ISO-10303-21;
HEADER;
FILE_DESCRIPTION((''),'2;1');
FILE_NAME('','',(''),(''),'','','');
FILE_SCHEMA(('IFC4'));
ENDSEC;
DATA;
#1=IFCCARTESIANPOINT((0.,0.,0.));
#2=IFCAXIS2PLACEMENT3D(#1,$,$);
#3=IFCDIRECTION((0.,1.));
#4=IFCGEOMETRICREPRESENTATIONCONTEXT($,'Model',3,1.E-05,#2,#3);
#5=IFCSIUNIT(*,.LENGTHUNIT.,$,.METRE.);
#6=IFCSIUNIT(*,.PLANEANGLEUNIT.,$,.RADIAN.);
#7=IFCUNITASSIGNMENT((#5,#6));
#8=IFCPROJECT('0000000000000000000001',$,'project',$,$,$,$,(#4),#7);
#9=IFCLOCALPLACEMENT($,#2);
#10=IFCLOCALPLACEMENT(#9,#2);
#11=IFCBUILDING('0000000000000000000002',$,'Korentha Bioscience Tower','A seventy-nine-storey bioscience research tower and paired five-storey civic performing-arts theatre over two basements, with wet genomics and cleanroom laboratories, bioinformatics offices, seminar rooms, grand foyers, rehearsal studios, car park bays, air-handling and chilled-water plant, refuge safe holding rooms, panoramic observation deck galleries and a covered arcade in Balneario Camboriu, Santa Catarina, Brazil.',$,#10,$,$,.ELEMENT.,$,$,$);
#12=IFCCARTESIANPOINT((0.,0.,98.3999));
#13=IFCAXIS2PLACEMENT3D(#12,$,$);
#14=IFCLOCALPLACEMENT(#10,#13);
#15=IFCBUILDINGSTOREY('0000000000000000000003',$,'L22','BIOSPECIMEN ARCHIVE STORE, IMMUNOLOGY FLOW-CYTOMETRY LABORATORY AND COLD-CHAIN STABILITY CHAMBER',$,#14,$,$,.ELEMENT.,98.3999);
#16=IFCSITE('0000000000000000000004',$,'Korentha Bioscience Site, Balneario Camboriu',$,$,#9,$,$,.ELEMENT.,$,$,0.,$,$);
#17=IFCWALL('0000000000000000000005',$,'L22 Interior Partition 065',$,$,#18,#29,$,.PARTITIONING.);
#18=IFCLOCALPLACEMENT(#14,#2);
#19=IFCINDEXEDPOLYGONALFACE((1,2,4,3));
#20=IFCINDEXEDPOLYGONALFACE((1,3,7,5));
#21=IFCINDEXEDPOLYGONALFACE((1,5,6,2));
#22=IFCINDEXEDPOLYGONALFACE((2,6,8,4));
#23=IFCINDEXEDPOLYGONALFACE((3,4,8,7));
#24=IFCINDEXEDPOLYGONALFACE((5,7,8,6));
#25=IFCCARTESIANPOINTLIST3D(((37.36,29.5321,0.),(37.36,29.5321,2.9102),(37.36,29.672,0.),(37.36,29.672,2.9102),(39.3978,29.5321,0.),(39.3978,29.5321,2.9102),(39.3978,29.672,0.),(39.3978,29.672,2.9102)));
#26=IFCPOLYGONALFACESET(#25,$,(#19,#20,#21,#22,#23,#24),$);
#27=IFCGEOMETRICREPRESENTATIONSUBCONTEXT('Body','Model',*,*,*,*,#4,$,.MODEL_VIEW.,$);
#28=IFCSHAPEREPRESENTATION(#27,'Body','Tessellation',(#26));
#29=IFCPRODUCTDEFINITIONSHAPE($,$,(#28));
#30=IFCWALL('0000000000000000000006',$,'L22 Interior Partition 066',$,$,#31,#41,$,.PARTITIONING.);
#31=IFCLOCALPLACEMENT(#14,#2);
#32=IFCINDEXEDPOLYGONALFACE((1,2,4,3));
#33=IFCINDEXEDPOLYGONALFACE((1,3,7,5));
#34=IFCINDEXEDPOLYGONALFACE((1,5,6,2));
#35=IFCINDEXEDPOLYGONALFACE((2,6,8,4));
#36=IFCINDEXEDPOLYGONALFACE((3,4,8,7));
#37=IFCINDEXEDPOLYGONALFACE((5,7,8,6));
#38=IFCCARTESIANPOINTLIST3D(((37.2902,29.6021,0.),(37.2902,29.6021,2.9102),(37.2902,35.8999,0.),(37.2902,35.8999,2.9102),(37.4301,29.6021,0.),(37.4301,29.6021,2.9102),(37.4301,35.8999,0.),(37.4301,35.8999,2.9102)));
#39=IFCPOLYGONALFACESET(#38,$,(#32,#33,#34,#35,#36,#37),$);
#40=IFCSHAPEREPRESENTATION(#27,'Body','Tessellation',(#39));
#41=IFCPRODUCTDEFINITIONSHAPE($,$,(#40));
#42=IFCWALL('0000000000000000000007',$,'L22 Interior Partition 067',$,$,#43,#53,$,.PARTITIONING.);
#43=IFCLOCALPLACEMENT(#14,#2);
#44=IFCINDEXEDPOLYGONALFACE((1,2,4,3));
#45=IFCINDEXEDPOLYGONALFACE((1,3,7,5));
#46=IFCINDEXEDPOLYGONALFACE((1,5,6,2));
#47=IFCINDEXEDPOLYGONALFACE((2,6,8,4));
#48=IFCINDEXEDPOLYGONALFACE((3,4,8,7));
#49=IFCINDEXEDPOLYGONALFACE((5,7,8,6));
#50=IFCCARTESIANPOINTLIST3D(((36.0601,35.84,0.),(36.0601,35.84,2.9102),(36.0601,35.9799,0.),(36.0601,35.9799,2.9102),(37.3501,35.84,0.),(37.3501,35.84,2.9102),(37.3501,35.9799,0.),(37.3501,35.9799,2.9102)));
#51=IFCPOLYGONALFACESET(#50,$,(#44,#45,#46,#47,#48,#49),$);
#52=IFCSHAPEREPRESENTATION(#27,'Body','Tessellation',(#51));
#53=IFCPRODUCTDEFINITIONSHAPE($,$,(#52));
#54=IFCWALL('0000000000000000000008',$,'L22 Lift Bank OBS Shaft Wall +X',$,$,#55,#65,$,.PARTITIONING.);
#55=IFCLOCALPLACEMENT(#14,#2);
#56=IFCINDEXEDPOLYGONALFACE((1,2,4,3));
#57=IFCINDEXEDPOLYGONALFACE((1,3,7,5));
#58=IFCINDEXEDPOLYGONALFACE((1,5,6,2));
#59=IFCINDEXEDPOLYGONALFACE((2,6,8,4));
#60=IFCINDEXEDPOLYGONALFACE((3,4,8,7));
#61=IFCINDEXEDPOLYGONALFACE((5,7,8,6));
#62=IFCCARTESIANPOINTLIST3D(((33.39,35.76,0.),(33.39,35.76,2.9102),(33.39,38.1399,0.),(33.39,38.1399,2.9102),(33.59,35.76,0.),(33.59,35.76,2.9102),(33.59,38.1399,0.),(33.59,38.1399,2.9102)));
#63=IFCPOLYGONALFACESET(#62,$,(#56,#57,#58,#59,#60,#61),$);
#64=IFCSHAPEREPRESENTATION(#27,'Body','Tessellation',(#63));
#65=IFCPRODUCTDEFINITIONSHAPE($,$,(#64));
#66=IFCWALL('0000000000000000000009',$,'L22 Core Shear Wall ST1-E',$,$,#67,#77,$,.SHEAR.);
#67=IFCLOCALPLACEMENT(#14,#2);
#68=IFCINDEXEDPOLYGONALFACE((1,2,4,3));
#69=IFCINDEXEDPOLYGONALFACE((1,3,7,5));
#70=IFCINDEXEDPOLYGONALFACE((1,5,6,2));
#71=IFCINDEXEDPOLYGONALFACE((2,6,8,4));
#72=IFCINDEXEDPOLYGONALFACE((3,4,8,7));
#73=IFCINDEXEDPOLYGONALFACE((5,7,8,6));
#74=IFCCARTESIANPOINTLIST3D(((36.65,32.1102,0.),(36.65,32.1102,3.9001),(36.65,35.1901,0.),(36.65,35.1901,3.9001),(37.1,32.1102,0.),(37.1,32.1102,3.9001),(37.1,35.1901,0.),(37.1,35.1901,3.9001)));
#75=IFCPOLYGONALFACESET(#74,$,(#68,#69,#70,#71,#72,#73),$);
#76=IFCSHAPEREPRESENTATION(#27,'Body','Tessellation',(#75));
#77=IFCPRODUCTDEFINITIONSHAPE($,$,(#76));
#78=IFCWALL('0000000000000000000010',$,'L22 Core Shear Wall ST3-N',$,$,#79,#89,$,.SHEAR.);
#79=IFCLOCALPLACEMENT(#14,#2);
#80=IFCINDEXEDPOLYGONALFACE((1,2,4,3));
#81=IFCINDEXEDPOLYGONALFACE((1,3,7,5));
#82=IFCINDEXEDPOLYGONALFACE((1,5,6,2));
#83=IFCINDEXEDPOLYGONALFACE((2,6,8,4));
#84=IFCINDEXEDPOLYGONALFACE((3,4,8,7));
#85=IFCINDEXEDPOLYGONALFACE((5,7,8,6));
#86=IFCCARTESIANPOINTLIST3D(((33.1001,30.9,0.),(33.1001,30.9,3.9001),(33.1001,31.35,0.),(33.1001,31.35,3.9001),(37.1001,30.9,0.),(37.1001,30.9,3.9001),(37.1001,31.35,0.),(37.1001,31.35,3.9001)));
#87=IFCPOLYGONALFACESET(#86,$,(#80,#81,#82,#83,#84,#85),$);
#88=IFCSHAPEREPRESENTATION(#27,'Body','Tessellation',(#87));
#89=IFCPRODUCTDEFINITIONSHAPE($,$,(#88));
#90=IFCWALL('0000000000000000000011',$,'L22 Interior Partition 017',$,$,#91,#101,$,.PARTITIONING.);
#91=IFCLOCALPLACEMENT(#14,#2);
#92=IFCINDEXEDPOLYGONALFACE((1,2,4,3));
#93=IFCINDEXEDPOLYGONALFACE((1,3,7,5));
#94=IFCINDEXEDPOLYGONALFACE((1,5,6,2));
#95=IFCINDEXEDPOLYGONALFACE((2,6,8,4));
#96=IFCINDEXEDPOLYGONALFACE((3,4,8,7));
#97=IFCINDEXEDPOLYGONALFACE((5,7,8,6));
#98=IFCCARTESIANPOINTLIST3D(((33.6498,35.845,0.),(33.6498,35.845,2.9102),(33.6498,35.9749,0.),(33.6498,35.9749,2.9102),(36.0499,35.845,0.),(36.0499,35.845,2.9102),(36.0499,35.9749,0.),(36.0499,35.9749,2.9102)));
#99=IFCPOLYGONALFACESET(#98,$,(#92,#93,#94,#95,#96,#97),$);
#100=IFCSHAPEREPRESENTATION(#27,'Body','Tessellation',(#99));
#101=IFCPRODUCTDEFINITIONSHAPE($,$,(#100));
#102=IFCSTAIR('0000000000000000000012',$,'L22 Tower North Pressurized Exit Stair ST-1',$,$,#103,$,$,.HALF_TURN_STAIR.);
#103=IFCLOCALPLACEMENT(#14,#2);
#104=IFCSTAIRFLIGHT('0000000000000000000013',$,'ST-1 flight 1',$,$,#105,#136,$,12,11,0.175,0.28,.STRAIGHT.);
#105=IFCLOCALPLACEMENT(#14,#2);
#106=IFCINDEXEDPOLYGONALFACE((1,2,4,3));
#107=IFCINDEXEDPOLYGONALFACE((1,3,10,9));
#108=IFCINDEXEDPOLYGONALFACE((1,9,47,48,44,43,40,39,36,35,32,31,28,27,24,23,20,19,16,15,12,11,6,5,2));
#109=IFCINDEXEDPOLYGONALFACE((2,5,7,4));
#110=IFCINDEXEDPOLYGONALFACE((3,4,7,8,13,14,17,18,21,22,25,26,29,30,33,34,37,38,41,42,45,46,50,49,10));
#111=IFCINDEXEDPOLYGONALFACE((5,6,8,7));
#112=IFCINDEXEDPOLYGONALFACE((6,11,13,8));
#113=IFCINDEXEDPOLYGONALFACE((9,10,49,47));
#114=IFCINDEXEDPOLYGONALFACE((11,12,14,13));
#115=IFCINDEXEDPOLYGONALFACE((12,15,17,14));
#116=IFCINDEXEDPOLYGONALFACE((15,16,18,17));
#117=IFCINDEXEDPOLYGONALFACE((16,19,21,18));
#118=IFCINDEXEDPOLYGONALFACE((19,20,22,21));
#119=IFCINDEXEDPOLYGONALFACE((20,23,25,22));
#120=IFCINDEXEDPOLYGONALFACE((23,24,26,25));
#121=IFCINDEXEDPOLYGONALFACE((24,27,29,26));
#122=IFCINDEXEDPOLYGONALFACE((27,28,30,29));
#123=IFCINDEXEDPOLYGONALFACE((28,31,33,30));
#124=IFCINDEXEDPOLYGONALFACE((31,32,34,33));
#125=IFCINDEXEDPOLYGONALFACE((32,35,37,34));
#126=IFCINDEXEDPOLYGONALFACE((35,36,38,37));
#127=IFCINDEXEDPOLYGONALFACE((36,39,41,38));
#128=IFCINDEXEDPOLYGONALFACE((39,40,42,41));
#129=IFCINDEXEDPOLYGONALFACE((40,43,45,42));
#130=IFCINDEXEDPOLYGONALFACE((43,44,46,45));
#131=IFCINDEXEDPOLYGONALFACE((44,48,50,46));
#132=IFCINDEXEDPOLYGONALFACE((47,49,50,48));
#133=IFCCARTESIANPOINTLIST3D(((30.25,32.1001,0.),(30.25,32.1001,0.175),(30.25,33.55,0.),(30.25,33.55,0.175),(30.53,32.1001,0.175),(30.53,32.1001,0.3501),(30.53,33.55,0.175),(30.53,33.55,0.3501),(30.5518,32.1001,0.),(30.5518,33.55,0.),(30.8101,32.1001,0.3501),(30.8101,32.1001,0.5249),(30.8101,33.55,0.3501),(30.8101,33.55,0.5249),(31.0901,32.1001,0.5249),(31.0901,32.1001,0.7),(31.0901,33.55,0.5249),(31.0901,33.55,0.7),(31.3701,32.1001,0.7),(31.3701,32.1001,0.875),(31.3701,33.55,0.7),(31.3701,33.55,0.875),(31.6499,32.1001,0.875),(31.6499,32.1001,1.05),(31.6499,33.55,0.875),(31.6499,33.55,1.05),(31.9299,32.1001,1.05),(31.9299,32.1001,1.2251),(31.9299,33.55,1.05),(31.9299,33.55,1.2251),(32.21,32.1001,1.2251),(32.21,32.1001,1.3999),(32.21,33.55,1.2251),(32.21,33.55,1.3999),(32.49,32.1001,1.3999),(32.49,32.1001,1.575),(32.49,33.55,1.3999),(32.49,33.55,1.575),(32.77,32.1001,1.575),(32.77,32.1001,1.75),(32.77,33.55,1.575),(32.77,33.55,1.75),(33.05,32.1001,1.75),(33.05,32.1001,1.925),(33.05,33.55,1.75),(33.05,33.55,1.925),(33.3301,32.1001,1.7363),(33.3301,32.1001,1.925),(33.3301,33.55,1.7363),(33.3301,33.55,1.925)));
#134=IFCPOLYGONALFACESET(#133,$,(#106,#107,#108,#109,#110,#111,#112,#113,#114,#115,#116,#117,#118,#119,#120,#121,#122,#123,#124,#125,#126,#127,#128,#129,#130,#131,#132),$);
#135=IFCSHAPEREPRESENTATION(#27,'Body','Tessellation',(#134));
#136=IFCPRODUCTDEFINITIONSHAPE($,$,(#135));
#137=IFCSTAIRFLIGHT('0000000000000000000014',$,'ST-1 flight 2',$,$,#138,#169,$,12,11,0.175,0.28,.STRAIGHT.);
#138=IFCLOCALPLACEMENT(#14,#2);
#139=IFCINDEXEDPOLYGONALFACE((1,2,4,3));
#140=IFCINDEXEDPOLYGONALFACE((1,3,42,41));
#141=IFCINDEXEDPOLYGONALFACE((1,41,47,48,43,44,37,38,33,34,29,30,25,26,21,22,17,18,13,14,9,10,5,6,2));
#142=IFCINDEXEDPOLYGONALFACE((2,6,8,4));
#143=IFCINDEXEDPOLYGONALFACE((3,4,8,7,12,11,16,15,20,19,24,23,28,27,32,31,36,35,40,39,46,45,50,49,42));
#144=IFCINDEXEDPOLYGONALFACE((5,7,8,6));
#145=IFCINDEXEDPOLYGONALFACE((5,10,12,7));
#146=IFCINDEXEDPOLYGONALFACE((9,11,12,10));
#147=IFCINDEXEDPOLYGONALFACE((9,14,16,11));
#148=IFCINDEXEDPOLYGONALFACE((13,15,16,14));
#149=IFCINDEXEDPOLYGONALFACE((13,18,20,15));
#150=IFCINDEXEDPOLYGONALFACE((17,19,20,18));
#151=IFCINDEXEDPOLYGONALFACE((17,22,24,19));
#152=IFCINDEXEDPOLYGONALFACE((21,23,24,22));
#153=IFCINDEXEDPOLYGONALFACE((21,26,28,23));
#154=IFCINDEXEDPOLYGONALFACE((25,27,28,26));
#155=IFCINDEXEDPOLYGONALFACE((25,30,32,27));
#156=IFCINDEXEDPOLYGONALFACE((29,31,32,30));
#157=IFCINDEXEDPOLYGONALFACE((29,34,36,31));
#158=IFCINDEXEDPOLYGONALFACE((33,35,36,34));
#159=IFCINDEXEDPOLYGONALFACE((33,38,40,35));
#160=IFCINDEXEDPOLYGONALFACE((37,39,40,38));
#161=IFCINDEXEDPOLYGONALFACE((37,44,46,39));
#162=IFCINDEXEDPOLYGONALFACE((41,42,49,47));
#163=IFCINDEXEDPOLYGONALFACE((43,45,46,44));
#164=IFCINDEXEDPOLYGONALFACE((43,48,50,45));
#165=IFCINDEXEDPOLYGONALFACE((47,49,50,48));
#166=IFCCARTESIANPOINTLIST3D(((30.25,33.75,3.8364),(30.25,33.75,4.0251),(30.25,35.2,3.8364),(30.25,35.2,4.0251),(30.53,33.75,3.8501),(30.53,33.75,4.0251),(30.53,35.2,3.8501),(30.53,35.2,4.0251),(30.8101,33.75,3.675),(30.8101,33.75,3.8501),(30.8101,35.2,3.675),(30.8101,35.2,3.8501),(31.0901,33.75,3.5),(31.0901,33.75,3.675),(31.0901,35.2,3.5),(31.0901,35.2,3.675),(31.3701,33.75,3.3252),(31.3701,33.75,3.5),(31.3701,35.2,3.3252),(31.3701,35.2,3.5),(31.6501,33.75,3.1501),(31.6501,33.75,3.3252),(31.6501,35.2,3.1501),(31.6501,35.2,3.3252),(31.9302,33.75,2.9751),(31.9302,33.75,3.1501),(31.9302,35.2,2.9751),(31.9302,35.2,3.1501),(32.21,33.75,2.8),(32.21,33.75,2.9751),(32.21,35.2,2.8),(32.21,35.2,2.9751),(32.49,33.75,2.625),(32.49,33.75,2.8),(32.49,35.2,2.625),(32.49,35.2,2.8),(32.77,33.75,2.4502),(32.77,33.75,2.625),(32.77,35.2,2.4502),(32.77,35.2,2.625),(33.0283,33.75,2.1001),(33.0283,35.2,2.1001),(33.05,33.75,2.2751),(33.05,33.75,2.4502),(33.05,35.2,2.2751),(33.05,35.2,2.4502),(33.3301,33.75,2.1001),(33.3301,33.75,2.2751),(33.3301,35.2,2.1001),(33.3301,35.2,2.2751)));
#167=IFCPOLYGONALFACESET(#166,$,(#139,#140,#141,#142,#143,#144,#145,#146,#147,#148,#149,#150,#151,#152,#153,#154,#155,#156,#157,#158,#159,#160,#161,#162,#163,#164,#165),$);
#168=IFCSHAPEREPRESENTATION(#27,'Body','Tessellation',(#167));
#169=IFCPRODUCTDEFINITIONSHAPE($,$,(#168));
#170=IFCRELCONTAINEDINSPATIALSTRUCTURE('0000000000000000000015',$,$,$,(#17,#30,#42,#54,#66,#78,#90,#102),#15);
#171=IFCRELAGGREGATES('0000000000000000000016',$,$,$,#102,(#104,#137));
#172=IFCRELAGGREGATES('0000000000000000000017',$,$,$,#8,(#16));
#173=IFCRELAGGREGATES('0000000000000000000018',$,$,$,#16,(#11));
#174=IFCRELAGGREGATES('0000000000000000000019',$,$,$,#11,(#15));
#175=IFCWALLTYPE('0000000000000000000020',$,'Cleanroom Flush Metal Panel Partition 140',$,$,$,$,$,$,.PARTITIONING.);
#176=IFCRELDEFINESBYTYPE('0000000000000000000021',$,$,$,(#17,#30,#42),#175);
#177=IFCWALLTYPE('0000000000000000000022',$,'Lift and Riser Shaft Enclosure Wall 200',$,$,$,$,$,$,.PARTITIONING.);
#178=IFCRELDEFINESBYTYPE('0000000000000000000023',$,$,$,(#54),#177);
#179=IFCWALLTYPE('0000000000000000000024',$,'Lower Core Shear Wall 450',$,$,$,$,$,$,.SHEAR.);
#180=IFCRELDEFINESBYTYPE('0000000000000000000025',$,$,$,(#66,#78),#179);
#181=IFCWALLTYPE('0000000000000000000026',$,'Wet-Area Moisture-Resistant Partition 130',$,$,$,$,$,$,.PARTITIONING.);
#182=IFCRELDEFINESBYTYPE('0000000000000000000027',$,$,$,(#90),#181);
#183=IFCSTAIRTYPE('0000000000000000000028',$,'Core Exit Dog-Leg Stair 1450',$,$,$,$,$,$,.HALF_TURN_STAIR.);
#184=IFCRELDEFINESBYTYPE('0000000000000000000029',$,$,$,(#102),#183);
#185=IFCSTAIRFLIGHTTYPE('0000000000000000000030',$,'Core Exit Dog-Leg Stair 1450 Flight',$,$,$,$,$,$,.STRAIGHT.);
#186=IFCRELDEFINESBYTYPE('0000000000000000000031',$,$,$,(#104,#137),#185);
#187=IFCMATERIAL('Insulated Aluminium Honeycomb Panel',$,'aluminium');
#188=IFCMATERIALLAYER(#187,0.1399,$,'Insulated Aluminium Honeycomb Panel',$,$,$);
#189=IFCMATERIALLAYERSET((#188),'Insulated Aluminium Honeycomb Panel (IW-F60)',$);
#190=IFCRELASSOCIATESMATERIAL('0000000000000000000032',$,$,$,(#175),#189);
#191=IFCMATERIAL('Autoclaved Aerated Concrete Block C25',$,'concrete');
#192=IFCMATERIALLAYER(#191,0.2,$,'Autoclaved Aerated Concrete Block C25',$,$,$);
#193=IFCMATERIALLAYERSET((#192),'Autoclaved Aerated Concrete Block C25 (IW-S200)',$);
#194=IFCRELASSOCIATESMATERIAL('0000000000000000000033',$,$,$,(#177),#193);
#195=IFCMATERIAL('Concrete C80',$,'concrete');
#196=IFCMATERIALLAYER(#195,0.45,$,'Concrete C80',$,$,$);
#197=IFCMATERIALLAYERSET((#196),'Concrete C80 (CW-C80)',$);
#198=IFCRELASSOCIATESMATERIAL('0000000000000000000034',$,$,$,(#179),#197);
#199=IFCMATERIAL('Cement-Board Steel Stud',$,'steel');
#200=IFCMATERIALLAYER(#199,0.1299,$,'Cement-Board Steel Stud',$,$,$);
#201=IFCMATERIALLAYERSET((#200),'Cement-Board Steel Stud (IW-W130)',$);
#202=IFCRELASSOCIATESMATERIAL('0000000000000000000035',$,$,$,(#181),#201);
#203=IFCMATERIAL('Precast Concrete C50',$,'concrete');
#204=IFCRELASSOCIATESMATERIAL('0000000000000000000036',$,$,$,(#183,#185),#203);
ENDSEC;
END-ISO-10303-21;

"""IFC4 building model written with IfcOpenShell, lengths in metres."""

from ifc_helpers import new_model, si_unit, direction, frame, frame_2d, origin, place, context, subcontext, project, spatial, polyline, rectangle, outline, extrude, material, layer, layer_set, type_object, element, aggregate, save


model = new_model("IFC4")

# Units and contexts
model_context = context("Model", 3, precision=1e-05, world=origin(), true_north=direction((0.0, 1.0)))
body_context = subcontext(model_context, "Body", "Model", "MODEL_VIEW")
ifc_project = project(units=[si_unit("LENGTHUNIT", "METRE"), si_unit("PLANEANGLEUNIT", "RADIAN")], contexts=[model_context])

# Site, building, storey
site_placement = place(None, origin())
site = spatial("IfcSite", under=ifc_project, at=site_placement, Name="Korentha Bioscience Site, Balneario Camboriu", CompositionType="ELEMENT", RefElevation=0.0)
building_placement = place(site_placement, origin())
building = spatial("IfcBuilding", under=site, at=building_placement, Name="Korentha Bioscience Tower", Description="A seventy-nine-storey bioscience research tower and paired five-storey civic performing-arts theatre over two basements, with wet genomics and cleanroom laboratories, bioinformatics offices, seminar rooms, grand foyers, rehearsal studios, car park bays, air-handling and chilled-water plant, refuge safe holding rooms, panoramic observation deck galleries and a covered arcade in Balneario Camboriu, Santa Catarina, Brazil.", CompositionType="ELEMENT")
storey_placement = place(building_placement, frame((0.0, 0.0, 98.3999)))
storey = spatial("IfcBuildingStorey", under=building, at=storey_placement, Name="L22", Description="BIOSPECIMEN ARCHIVE STORE, IMMUNOLOGY FLOW-CYTOMETRY LABORATORY AND COLD-CHAIN STABILITY CHAMBER", CompositionType="ELEMENT", Elevation=98.3999)

# Walls
ifc_material_1 = material(Name="Insulated Aluminium Honeycomb Panel", Category="aluminium")
ifc_layer_1 = layer(ifc_material_1, 0.1399, Name="Insulated Aluminium Honeycomb Panel")
ifc_layer_set_1 = layer_set([ifc_layer_1], Name="Insulated Aluminium Honeycomb Panel (IW-F60)")
wall_type_1 = type_object("IfcWallType", Name="Cleanroom Flush Metal Panel Partition 140", PredefinedType="PARTITIONING", material=ifc_layer_set_1)
wall_1_placement = place(storey_placement, frame((39.3979, 29.6021, 0.0), z_axis=(0.0, 0.0, 1.0), x_axis=(-1.0, 0.0, 0.0)))
element("IfcWall", 1, at=wall_1_placement, inside=storey, type_object=wall_type_1, Name="L22 Interior Partition 065", PredefinedType="PARTITIONING", context=body_context, shape_type="SweptSolid", body=[
    extrude(rectangle(XDim=2.0378, YDim=0.1399, at=frame_2d((1.019, 0.0))), origin(), (0.0, 0.0, 1.0), 2.9102),
])
wall_2_placement = place(storey_placement, frame((37.3601, 29.6021, 0.0), z_axis=(0.0, 0.0, 1.0), x_axis=(0.0, 1.0, 0.0)))
element("IfcWall", 2, at=wall_2_placement, inside=storey, type_object=wall_type_1, Name="L22 Interior Partition 066", PredefinedType="PARTITIONING", context=body_context, shape_type="SweptSolid", body=[
    extrude(rectangle(XDim=6.2979, YDim=0.1399, at=frame_2d((3.1489, 0.0))), origin(), (0.0, 0.0, 1.0), 2.9102),
])
wall_3_placement = place(storey_placement, frame((37.3501, 35.9099, 0.0), z_axis=(0.0, 0.0, 1.0), x_axis=(-1.0, 0.0, 0.0)))
element("IfcWall", 3, at=wall_3_placement, inside=storey, type_object=wall_type_1, Name="L22 Interior Partition 067", PredefinedType="PARTITIONING", context=body_context, shape_type="SweptSolid", body=[
    extrude(rectangle(XDim=1.29, YDim=0.1399, at=frame_2d((0.645, 0.0))), origin(), (0.0, 0.0, 1.0), 2.9102),
])
ifc_material_2 = material(Name="Autoclaved Aerated Concrete Block C25", Category="concrete")
ifc_layer_2 = layer(ifc_material_2, 0.2, Name="Autoclaved Aerated Concrete Block C25")
ifc_layer_set_2 = layer_set([ifc_layer_2], Name="Autoclaved Aerated Concrete Block C25 (IW-S200)")
wall_type_2 = type_object("IfcWallType", Name="Lift and Riser Shaft Enclosure Wall 200", PredefinedType="PARTITIONING", material=ifc_layer_set_2)
wall_4_placement = place(storey_placement, frame((33.49, 35.76, 0.0), z_axis=(0.0, 0.0, 1.0), x_axis=(0.0, 1.0, 0.0)))
element("IfcWall", 4, at=wall_4_placement, inside=storey, type_object=wall_type_2, Name="L22 Lift Bank OBS Shaft Wall +X", PredefinedType="PARTITIONING", context=body_context, shape_type="SweptSolid", body=[
    extrude(rectangle(XDim=2.3799, YDim=0.2, at=frame_2d((1.1899, 0.0))), origin(), (0.0, 0.0, 1.0), 2.9102),
])
ifc_material_3 = material(Name="Concrete C80", Category="concrete")
ifc_layer_3 = layer(ifc_material_3, 0.45, Name="Concrete C80")
ifc_layer_set_3 = layer_set([ifc_layer_3], Name="Concrete C80 (CW-C80)")
wall_type_3 = type_object("IfcWallType", Name="Lower Core Shear Wall 450", PredefinedType="SHEAR", material=ifc_layer_set_3)
wall_5_placement = place(storey_placement, frame((36.875, 32.1101, 0.0), z_axis=(0.0, 0.0, 1.0), x_axis=(0.0, 1.0, 0.0)))
element("IfcWall", 5, at=wall_5_placement, inside=storey, type_object=wall_type_3, Name="L22 Core Shear Wall ST1-E", PredefinedType="SHEAR", context=body_context, shape_type="SweptSolid", body=[
    extrude(rectangle(XDim=3.0798, YDim=0.45, at=frame_2d((1.54, 0.0))), origin(), (0.0, 0.0, 1.0), 3.9001),
])
wall_6_placement = place(storey_placement, frame((33.1001, 31.125, 0.0), z_axis=(0.0, 0.0, 1.0), x_axis=(1.0, 0.0, 0.0)))
element("IfcWall", 6, at=wall_6_placement, inside=storey, type_object=wall_type_3, Name="L22 Core Shear Wall ST3-N", PredefinedType="SHEAR", context=body_context, shape_type="SweptSolid", body=[
    extrude(rectangle(XDim=4.0, YDim=0.45, at=frame_2d((2.0, 0.0))), origin(), (0.0, 0.0, 1.0), 3.9001),
])
ifc_material_4 = material(Name="Cement-Board Steel Stud", Category="steel")
ifc_layer_4 = layer(ifc_material_4, 0.1299, Name="Cement-Board Steel Stud")
ifc_layer_set_4 = layer_set([ifc_layer_4], Name="Cement-Board Steel Stud (IW-W130)")
wall_type_4 = type_object("IfcWallType", Name="Wet-Area Moisture-Resistant Partition 130", PredefinedType="PARTITIONING", material=ifc_layer_set_4)
wall_7_placement = place(storey_placement, frame((36.05, 35.9099, 0.0), z_axis=(0.0, 0.0, 1.0), x_axis=(-1.0, 0.0, 0.0)))
element("IfcWall", 7, at=wall_7_placement, inside=storey, type_object=wall_type_4, Name="L22 Interior Partition 017", PredefinedType="PARTITIONING", context=body_context, shape_type="SweptSolid", body=[
    extrude(rectangle(XDim=2.4001, YDim=0.1299, at=frame_2d((1.2002, 0.0))), origin(), (0.0, 0.0, 1.0), 2.9102),
])

# Stair, stair flights
ifc_material_5 = material(Name="Precast Concrete C50", Category="concrete")
stair_type = type_object("IfcStairType", Name="Core Exit Dog-Leg Stair 1450", PredefinedType="HALF_TURN_STAIR", material=ifc_material_5)
stair_1_placement = place(storey_placement, origin())
stair_1 = element("IfcStair", 8, at=stair_1_placement, inside=storey, type_object=stair_type, Name="L22 Tower North Pressurized Exit Stair ST-1", PredefinedType="HALF_TURN_STAIR")
stair_flight_type = type_object("IfcStairFlightType", Name="Core Exit Dog-Leg Stair 1450 Flight", PredefinedType="STRAIGHT", material=ifc_material_5)
stair_flight_1_placement = place(storey_placement, frame((30.25, 32.825, 0.0), z_axis=(0.0, 0.0, 1.0), x_axis=(1.0, 0.0, 0.0)))
stair_flight_1 = element("IfcStairFlight", 9, at=stair_flight_1_placement, type_object=stair_flight_type, Name="ST-1 flight 1", NumberOfRisers=12, NumberOfTreads=11, PredefinedType="STRAIGHT", RiserHeight=0.175, TreadLength=0.28, context=body_context, shape_type="SweptSolid", body=[
    extrude(outline(polyline([(0.0, 0.0), (0.0, 0.175), (0.28, 0.175), (0.28, 0.3501), (0.5601, 0.3501), (0.5601, 0.5249), (0.8401, 0.5249), (0.8401, 0.7), (1.1201, 0.7), (1.1201, 0.875), (1.3999, 0.875), (1.3999, 1.05), (1.6799, 1.05), (1.6799, 1.2251), (1.96, 1.2251), (1.96, 1.3999), (2.24, 1.3999), (2.24, 1.575), (2.52, 1.575), (2.52, 1.75), (2.8, 1.75), (2.8, 1.925), (3.0801, 1.925), (3.0801, 2.1001), (3.0801, 1.7363), (0.3018, 0.0), (0.0, 0.0)])), frame((0.0, 0.7251, 0.0), z_axis=(0.0, -1.0, 0.0), x_axis=(1.0, 0.0, 0.0)), (0.0, 0.0, 1.0), 1.45),
])
stair_flight_2_placement = place(storey_placement, frame((33.3301, 34.4751, 2.1001), z_axis=(0.0, 0.0, 1.0), x_axis=(-1.0, 0.0, 0.0)))
stair_flight_2 = element("IfcStairFlight", 10, at=stair_flight_2_placement, type_object=stair_flight_type, Name="ST-1 flight 2", NumberOfRisers=12, NumberOfTreads=11, PredefinedType="STRAIGHT", RiserHeight=0.175, TreadLength=0.28, context=body_context, shape_type="SweptSolid", body=[
    extrude(outline(polyline([(0.0, 0.0), (0.0, 0.175), (0.28, 0.175), (0.28, 0.3501), (0.5601, 0.3501), (0.5601, 0.5249), (0.8401, 0.5249), (0.8401, 0.7), (1.1201, 0.7), (1.1201, 0.875), (1.3999, 0.875), (1.3999, 1.05), (1.6799, 1.05), (1.6799, 1.2251), (1.96, 1.2251), (1.96, 1.3999), (2.24, 1.3999), (2.24, 1.575), (2.52, 1.575), (2.52, 1.75), (2.8, 1.75), (2.8, 1.925), (3.0801, 1.925), (3.0801, 2.1001), (3.0801, 1.7363), (0.3018, 0.0), (0.0, 0.0)])), frame((0.0, 0.7251, 0.0), z_axis=(0.0, -1.0, 0.0), x_axis=(1.0, 0.0, 0.0)), (0.0, 0.0, 1.0), 1.45),
])
aggregate(stair_1, [stair_flight_1, stair_flight_2])

save(model, "model.ifc")
